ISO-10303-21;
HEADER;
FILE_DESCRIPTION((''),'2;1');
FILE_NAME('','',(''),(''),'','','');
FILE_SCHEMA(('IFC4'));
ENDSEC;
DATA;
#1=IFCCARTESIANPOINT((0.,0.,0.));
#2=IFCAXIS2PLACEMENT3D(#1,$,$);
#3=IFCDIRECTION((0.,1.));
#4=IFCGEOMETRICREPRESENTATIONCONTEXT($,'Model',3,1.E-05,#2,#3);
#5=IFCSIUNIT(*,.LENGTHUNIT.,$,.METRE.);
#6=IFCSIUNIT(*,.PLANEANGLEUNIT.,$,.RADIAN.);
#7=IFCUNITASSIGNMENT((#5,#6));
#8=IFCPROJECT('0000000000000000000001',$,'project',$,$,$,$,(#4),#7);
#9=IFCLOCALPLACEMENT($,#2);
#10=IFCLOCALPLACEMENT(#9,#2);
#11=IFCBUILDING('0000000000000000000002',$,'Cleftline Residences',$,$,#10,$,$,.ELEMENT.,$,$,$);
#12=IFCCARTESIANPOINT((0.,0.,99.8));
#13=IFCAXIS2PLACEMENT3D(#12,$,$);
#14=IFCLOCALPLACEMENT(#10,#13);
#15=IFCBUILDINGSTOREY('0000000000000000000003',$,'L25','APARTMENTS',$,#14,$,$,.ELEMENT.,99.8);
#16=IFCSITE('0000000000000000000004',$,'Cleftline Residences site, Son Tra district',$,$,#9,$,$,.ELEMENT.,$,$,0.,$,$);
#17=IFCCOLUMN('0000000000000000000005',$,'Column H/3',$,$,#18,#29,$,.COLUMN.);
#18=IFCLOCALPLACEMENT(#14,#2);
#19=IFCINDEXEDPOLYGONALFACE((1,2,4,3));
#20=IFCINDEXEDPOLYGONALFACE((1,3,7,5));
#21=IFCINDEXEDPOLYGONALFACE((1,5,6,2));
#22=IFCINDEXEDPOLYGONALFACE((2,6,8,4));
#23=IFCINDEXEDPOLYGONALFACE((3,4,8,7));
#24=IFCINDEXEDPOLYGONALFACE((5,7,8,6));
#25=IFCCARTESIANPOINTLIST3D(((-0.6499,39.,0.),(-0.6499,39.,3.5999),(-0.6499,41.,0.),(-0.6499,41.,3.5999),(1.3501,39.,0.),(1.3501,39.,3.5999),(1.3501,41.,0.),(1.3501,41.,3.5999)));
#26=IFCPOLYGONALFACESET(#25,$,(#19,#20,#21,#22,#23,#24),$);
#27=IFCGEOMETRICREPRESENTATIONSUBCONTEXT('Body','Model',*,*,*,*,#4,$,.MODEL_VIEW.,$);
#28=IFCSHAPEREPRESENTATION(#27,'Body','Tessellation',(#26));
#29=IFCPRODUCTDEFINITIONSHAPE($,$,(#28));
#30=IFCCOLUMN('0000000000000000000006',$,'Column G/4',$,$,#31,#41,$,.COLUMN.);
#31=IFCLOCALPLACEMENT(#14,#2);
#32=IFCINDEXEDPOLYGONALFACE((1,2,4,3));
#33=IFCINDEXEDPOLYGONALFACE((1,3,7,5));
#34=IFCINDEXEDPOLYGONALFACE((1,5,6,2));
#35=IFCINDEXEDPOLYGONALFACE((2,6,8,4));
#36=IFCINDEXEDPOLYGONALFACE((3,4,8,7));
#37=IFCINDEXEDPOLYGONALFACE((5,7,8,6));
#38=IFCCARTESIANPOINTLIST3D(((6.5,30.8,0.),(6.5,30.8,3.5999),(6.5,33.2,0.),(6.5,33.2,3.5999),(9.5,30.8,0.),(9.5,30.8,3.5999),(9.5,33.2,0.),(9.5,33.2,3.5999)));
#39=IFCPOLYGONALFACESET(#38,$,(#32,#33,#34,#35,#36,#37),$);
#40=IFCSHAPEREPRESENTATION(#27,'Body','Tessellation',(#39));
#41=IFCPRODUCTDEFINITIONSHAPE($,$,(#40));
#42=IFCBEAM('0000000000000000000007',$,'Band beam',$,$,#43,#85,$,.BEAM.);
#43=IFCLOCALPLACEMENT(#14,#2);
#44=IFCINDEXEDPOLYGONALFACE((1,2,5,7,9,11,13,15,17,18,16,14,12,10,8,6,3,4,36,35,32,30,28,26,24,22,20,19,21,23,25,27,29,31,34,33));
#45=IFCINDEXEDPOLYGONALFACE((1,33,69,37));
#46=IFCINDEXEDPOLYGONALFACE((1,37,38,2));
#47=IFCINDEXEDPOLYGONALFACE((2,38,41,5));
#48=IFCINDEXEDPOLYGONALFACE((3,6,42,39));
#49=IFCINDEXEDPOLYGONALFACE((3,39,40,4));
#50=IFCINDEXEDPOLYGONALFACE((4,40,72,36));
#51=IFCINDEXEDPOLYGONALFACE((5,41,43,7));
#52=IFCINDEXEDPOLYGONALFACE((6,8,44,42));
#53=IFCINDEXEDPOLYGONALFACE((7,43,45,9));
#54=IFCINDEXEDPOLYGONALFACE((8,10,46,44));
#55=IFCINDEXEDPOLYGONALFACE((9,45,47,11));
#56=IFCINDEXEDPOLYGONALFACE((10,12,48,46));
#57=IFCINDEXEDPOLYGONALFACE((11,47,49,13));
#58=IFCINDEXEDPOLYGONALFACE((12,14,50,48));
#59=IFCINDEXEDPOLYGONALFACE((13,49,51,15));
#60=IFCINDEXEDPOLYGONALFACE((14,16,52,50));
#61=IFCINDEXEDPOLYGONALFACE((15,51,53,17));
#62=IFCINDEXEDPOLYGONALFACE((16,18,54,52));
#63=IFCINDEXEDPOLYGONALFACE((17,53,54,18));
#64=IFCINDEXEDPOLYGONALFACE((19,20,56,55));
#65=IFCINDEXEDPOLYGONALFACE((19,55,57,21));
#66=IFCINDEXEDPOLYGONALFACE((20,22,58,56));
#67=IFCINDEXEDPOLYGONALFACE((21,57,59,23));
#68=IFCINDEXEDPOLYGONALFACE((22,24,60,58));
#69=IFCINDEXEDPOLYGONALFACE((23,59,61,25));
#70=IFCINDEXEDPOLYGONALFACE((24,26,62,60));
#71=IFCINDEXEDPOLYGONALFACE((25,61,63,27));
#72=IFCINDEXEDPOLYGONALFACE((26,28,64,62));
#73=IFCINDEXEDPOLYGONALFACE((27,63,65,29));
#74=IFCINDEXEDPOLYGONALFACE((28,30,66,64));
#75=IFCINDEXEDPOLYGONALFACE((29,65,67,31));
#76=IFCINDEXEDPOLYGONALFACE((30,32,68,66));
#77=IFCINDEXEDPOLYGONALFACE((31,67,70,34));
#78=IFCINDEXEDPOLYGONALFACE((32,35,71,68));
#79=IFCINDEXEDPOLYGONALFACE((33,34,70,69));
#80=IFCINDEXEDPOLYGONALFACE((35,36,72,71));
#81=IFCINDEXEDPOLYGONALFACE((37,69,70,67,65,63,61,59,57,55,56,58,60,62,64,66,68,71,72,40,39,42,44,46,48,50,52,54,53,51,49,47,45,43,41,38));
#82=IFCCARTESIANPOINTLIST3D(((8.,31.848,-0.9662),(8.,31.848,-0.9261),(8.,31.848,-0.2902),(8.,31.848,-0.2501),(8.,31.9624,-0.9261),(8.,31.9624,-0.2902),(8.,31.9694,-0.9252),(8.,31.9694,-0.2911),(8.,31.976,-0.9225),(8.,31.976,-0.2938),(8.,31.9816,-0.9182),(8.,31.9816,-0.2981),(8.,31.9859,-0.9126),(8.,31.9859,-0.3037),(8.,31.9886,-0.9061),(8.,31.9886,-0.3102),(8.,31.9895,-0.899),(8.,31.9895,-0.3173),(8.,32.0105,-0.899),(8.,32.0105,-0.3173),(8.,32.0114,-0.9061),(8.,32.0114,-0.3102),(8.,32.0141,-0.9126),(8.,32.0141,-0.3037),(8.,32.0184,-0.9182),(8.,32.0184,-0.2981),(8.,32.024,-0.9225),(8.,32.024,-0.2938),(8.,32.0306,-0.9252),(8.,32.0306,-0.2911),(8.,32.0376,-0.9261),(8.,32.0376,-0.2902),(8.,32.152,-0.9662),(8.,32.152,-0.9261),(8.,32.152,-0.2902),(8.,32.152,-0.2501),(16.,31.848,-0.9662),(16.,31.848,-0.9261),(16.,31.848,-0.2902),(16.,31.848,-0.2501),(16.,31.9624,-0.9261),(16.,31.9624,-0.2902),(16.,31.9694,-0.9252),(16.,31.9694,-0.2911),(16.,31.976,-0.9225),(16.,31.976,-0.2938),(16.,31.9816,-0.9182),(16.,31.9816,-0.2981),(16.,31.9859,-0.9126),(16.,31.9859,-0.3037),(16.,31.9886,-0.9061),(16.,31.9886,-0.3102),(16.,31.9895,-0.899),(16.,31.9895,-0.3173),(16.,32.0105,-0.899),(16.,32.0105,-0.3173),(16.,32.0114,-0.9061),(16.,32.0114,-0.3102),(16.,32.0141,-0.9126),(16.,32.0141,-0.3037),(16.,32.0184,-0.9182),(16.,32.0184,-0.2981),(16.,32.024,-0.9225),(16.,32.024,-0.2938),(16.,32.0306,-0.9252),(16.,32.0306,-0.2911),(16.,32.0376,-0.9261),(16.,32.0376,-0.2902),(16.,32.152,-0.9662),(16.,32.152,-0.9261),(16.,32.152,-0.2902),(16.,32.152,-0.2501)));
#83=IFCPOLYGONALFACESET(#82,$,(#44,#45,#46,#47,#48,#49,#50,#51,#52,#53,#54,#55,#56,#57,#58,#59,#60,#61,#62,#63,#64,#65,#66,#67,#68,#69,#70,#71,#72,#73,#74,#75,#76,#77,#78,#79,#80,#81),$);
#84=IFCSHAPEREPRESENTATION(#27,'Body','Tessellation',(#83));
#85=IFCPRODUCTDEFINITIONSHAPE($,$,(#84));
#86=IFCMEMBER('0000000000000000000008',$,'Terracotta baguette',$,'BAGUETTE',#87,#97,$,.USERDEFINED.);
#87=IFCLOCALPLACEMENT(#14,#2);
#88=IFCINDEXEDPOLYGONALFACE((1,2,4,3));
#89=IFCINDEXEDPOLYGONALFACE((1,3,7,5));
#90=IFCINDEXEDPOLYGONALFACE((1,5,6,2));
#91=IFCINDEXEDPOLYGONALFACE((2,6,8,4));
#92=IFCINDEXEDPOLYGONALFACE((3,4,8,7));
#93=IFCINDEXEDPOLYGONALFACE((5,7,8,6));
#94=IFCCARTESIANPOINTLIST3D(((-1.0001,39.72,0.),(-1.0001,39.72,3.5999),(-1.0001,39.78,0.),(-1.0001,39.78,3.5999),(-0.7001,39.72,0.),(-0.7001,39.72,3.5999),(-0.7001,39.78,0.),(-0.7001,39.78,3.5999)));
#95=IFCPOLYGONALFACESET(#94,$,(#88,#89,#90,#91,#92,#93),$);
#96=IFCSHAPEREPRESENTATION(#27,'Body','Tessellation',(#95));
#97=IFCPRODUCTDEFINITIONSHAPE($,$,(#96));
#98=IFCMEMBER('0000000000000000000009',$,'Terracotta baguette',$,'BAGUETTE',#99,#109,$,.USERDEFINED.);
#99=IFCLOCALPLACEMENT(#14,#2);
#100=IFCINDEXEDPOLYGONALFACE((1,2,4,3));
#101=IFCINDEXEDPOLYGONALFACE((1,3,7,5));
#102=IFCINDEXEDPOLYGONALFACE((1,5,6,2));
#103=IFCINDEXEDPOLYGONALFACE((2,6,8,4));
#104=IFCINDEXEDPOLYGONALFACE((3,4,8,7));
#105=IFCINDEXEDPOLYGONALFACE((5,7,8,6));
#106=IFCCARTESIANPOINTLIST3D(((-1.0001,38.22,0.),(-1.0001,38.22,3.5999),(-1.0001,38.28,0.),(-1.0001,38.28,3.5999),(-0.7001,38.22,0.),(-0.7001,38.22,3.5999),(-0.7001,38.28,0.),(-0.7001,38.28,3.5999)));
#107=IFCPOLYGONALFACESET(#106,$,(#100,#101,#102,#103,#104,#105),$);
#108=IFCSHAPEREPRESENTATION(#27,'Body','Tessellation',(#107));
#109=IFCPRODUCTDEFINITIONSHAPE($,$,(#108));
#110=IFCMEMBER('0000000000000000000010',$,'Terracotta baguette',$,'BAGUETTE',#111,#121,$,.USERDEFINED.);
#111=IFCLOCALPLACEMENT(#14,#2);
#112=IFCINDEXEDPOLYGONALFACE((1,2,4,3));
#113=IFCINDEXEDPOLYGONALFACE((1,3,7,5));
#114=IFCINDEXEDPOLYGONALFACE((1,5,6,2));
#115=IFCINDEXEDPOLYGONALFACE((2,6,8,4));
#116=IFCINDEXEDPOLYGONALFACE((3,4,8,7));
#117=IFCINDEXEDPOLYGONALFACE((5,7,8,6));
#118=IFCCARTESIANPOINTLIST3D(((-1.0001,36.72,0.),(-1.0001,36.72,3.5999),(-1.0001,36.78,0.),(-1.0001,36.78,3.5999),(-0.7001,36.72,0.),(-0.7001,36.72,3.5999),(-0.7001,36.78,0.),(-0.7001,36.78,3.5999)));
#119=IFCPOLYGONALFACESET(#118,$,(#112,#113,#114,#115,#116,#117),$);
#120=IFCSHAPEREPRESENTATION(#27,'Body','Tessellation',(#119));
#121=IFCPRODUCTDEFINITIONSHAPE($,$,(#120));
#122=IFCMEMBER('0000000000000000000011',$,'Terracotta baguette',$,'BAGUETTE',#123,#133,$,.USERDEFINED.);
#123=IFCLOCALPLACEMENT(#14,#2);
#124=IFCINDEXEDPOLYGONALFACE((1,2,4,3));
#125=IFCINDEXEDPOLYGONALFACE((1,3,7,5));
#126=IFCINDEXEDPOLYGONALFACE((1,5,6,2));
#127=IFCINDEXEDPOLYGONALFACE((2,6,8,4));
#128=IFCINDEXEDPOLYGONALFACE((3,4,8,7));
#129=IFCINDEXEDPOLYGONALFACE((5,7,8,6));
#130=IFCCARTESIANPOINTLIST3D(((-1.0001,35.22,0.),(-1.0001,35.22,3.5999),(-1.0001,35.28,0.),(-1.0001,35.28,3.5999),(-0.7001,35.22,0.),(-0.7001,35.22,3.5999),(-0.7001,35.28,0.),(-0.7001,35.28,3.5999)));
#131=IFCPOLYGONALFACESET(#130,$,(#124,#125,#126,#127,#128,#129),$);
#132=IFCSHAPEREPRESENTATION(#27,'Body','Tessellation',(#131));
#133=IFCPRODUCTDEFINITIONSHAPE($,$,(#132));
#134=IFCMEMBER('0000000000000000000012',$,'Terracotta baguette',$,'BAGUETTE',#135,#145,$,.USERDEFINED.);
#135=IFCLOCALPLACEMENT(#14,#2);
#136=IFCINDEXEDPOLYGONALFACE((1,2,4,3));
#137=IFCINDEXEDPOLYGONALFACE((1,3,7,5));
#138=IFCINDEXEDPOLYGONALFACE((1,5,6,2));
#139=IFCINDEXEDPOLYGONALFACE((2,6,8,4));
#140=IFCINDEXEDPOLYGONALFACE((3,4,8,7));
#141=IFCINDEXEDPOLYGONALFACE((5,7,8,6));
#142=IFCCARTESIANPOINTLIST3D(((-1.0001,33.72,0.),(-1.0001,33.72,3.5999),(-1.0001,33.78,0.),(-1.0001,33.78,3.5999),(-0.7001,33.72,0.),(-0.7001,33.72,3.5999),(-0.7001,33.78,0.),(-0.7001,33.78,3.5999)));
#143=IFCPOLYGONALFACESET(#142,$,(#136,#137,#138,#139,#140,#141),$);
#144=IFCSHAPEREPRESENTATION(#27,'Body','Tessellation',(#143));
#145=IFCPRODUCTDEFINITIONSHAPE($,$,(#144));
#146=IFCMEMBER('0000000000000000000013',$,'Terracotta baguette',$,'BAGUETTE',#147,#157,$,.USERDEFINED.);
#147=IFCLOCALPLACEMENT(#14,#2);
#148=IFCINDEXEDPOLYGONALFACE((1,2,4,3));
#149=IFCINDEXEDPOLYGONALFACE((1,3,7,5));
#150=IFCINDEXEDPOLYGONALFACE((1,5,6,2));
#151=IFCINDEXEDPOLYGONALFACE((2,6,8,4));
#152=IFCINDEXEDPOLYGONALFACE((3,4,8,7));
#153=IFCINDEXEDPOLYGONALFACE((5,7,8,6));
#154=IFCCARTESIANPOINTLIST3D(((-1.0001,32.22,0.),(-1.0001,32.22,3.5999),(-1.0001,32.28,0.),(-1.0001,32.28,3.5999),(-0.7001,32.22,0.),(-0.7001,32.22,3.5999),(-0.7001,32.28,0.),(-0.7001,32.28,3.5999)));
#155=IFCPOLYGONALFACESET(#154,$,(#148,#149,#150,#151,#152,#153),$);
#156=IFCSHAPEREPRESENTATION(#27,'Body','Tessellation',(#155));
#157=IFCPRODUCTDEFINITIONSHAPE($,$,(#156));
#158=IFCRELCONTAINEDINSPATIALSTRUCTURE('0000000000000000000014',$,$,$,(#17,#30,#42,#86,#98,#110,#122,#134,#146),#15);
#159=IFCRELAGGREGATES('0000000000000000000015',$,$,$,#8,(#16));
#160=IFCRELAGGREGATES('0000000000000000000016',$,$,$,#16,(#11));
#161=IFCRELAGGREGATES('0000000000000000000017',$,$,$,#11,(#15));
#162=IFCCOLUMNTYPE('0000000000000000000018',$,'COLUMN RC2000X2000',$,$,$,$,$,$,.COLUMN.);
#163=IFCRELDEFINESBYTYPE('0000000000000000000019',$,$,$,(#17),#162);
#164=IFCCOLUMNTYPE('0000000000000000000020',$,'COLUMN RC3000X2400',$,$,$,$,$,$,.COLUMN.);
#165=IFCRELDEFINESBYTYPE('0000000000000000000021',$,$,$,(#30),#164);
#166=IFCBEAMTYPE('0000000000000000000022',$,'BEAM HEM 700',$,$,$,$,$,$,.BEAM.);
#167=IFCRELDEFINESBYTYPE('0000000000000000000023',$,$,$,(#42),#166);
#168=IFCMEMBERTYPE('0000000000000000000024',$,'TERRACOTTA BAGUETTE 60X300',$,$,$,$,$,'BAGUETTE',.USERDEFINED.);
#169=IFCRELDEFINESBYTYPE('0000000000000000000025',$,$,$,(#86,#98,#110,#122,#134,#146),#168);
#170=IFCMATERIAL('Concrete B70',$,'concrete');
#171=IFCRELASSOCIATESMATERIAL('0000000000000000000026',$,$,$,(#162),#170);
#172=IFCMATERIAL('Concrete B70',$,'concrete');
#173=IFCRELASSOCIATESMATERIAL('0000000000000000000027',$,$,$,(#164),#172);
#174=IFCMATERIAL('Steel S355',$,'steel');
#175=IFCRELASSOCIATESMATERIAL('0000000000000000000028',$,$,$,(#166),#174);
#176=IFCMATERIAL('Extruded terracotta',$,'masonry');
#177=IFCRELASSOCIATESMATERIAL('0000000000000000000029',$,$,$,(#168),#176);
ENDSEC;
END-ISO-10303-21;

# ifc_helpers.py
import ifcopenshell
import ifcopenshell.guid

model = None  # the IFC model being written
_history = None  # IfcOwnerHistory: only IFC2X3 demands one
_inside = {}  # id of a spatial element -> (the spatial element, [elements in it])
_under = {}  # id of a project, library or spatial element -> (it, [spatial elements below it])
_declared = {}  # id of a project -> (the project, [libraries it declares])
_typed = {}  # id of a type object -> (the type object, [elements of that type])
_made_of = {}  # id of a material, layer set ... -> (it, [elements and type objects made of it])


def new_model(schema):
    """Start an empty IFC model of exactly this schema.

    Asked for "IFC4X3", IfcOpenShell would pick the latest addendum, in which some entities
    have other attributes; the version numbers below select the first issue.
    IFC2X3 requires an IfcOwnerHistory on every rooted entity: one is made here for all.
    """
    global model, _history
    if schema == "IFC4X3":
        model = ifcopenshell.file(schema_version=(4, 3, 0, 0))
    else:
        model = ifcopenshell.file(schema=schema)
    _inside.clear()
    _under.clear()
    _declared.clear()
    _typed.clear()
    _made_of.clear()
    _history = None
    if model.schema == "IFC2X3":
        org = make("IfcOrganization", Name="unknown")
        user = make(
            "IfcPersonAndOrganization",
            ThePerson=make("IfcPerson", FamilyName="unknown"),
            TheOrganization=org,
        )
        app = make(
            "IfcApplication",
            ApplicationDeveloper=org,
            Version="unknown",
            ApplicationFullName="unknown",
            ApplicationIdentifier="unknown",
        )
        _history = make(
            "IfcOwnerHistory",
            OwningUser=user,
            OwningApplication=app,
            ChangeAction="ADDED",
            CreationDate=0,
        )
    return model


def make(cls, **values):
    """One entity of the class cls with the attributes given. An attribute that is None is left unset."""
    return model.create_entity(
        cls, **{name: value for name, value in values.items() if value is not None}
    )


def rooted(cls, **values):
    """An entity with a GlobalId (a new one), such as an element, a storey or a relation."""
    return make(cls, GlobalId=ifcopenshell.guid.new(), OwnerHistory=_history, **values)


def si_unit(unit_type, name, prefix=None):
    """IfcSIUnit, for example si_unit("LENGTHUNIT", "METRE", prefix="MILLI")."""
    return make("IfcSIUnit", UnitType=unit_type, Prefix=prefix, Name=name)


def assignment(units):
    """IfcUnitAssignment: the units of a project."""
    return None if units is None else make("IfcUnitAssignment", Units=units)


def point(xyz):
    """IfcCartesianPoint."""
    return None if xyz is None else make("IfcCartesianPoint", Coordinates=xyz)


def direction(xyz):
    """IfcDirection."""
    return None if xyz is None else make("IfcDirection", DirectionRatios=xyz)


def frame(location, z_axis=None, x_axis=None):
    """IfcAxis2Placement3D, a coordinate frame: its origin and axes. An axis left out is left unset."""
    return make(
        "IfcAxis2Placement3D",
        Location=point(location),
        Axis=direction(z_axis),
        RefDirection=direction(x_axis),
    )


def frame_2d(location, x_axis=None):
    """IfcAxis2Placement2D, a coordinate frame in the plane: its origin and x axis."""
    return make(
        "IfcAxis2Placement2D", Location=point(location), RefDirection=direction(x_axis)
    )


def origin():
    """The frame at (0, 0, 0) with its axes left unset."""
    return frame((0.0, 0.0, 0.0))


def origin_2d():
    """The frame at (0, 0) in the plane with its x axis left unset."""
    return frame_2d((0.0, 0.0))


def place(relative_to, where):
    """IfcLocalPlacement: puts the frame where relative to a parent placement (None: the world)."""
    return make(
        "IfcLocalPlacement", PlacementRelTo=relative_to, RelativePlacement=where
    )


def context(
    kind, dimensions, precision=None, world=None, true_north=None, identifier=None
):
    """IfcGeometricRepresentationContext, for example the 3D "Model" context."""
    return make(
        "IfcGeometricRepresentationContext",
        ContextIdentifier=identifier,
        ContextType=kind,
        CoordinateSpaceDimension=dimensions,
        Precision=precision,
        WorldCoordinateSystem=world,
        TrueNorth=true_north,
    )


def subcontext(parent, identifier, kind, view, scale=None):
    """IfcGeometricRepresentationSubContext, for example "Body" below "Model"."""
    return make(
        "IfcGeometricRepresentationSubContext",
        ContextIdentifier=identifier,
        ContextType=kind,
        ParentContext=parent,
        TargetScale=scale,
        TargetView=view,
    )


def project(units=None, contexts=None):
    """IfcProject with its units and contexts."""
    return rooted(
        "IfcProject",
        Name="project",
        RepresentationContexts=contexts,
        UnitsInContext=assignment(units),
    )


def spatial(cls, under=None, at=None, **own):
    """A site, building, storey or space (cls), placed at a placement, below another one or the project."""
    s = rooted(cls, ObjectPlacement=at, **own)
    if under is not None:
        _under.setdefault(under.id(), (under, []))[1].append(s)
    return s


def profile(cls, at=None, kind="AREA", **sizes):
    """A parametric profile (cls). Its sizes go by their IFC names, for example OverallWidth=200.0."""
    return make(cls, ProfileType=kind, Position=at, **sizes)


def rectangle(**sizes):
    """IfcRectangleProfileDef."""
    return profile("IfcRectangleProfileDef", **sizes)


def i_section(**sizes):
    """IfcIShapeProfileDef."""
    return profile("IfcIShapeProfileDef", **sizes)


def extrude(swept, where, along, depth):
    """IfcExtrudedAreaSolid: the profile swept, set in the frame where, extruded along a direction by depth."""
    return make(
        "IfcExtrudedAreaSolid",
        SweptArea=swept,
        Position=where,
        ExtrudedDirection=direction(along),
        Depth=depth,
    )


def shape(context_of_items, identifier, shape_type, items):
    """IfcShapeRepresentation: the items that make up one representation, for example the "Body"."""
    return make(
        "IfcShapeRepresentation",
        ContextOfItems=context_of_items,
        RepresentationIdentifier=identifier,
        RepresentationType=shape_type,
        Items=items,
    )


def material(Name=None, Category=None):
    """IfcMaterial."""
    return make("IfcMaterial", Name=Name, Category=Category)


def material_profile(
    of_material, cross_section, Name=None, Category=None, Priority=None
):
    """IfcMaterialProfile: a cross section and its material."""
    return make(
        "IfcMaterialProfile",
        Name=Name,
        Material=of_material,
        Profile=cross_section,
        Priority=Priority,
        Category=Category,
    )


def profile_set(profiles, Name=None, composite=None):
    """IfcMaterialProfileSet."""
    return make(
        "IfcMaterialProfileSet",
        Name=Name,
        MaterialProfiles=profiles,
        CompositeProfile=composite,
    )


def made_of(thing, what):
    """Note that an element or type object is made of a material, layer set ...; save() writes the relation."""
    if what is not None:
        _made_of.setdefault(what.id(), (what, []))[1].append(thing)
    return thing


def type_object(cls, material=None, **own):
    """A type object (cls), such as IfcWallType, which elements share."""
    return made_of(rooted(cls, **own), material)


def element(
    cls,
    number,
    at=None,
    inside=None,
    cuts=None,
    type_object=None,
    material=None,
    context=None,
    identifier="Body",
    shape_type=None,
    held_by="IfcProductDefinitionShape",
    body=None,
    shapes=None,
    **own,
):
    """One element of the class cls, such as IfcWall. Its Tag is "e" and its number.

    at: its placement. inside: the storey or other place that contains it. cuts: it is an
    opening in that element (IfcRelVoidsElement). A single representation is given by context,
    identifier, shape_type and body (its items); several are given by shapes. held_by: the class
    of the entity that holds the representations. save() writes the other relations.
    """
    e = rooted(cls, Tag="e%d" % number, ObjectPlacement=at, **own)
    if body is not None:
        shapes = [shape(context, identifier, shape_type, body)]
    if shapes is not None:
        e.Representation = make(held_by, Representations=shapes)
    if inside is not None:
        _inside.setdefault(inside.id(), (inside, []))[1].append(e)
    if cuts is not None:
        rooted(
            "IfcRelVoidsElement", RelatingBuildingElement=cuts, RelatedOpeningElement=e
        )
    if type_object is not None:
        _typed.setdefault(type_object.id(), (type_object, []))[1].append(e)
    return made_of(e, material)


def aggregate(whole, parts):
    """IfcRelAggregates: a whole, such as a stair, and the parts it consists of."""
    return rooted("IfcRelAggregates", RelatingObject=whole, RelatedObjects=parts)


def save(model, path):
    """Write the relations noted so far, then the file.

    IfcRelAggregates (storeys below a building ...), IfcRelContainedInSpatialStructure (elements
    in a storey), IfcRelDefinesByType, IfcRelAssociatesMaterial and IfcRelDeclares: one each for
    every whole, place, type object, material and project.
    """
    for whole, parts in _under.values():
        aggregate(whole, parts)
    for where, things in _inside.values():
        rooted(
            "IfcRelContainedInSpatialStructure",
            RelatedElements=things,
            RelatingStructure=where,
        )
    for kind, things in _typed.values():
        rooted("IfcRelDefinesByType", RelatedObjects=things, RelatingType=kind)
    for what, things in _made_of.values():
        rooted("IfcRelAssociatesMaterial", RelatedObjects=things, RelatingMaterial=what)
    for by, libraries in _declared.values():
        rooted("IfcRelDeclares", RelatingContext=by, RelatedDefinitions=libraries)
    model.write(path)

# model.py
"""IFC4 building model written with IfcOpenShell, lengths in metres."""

from ifc_helpers import new_model, si_unit, direction, frame, origin, origin_2d, place, context, subcontext, project, spatial, rectangle, i_section, extrude, material, material_profile, profile_set, type_object, element, save


model = new_model("IFC4")

# Units and contexts
model_context = context("Model", 3, precision=1e-05, world=origin(), true_north=direction((0.0, 1.0)))
body_context = subcontext(model_context, "Body", "Model", "MODEL_VIEW")
ifc_project = project(units=[si_unit("LENGTHUNIT", "METRE"), si_unit("PLANEANGLEUNIT", "RADIAN")], contexts=[model_context])

# Site, building, storey
site_placement = place(None, origin())
site = spatial("IfcSite", under=ifc_project, at=site_placement, Name="Cleftline Residences site, Son Tra district", CompositionType="ELEMENT", RefElevation=0.0)
building_placement = place(site_placement, origin())
building = spatial("IfcBuilding", under=site, at=building_placement, Name="Cleftline Residences", CompositionType="ELEMENT")
storey_placement = place(building_placement, frame((0.0, 0.0, 99.8)))
storey = spatial("IfcBuildingStorey", under=building, at=storey_placement, Name="L25", Description="APARTMENTS", CompositionType="ELEMENT", Elevation=99.8)

# Columns
ifc_material_1 = material(Name="Concrete B70", Category="concrete")
ifc_material_profile_1 = material_profile(ifc_material_1, rectangle(XDim=2.0, YDim=2.0, at=origin_2d()))
ifc_profile_set_1 = profile_set([ifc_material_profile_1], Name="Concrete B70")
column_type_1 = type_object("IfcColumnType", Name="COLUMN RC2000X2000", PredefinedType="COLUMN", material=ifc_profile_set_1)
column_1_placement = place(storey_placement, frame((0.3501, 40.0, 0.0), z_axis=(0.0, 0.0, 1.0), x_axis=(1.0, 0.0, 0.0)))
element("IfcColumn", 1, at=column_1_placement, inside=storey, type_object=column_type_1, Name="Column H/3", PredefinedType="COLUMN", context=body_context, shape_type="SweptSolid", body=[
    extrude(rectangle(XDim=2.0, YDim=2.0, at=origin_2d()), origin(), (0.0, 0.0, 1.0), 3.5999),
])
ifc_material_2 = material(Name="Concrete B70", Category="concrete")
ifc_material_profile_2 = material_profile(ifc_material_2, rectangle(XDim=3.0, YDim=2.3999, at=origin_2d()))
ifc_profile_set_2 = profile_set([ifc_material_profile_2], Name="Concrete B70")
column_type_2 = type_object("IfcColumnType", Name="COLUMN RC3000X2400", PredefinedType="COLUMN", material=ifc_profile_set_2)
column_2_placement = place(storey_placement, frame((8.0, 32.0, 0.0), z_axis=(0.0, 0.0, 1.0), x_axis=(1.0, 0.0, 0.0)))
element("IfcColumn", 2, at=column_2_placement, inside=storey, type_object=column_type_2, Name="Column G/4", PredefinedType="COLUMN", context=body_context, shape_type="SweptSolid", body=[
    extrude(rectangle(XDim=3.0, YDim=2.3999, at=origin_2d()), origin(), (0.0, 0.0, 1.0), 3.5999),
])

# Beam
ifc_material_3 = material(Name="Steel S355", Category="steel")
ifc_material_profile_3 = material_profile(ifc_material_3, i_section(OverallWidth=0.304, OverallDepth=0.7161, WebThickness=0.021, FlangeThickness=0.04, FilletRadius=0.0271, at=origin_2d()))
ifc_profile_set_3 = profile_set([ifc_material_profile_3], Name="Steel S355")
beam_type = type_object("IfcBeamType", Name="BEAM HEM 700", PredefinedType="BEAM", material=ifc_profile_set_3)
beam_placement = place(storey_placement, frame((8.0, 32.0, -0.6082), z_axis=(1.0, 0.0, 0.0), x_axis=(0.0, 1.0, 0.0)))
element("IfcBeam", 3, at=beam_placement, inside=storey, type_object=beam_type, Name="Band beam", PredefinedType="BEAM", context=body_context, shape_type="SweptSolid", body=[
    extrude(i_section(OverallWidth=0.304, OverallDepth=0.7161, WebThickness=0.021, FlangeThickness=0.04, FilletRadius=0.0271, at=origin_2d()), origin(), (0.0, 0.0, 1.0), 8.0),
])

# Members
ifc_material_4 = material(Name="Extruded terracotta", Category="masonry")
ifc_material_profile_4 = material_profile(ifc_material_4, rectangle(XDim=0.0601, YDim=0.3, at=origin_2d()))
ifc_profile_set_4 = profile_set([ifc_material_profile_4], Name="Extruded terracotta")
member_type = type_object("IfcMemberType", Name="TERRACOTTA BAGUETTE 60X300", ElementType="BAGUETTE", PredefinedType="USERDEFINED", material=ifc_profile_set_4)
for number, where, z_axis, x_axis, name in (
    (4, (-0.8501, 39.75, 0.0), (0.0, 0.0, 1.0), (0.0, 1.0, 0.0), "Terracotta baguette"),
    (5, (-0.8501, 38.25, 0.0), (0.0, 0.0, 1.0), (0.0, 1.0, 0.0), "Terracotta baguette"),
    (6, (-0.8501, 36.75, 0.0), (0.0, 0.0, 1.0), (0.0, 1.0, 0.0), "Terracotta baguette"),
    (7, (-0.8501, 35.25, 0.0), (0.0, 0.0, 1.0), (0.0, 1.0, 0.0), "Terracotta baguette"),
    (8, (-0.8501, 33.75, 0.0), (0.0, 0.0, 1.0), (0.0, 1.0, 0.0), "Terracotta baguette"),
    (9, (-0.8501, 32.25, 0.0), (0.0, 0.0, 1.0), (0.0, 1.0, 0.0), "Terracotta baguette"),
):
    element("IfcMember", number, at=place(storey_placement, frame(where, z_axis=z_axis, x_axis=x_axis)), inside=storey, type_object=member_type, Name=name, ObjectType="BAGUETTE", PredefinedType="USERDEFINED", context=body_context, shape_type="SweptSolid", body=[
        extrude(rectangle(XDim=0.0601, YDim=0.3, at=origin_2d()), origin(), (0.0, 0.0, 1.0), 3.5999),
    ])

save(model, "model.ifc")
